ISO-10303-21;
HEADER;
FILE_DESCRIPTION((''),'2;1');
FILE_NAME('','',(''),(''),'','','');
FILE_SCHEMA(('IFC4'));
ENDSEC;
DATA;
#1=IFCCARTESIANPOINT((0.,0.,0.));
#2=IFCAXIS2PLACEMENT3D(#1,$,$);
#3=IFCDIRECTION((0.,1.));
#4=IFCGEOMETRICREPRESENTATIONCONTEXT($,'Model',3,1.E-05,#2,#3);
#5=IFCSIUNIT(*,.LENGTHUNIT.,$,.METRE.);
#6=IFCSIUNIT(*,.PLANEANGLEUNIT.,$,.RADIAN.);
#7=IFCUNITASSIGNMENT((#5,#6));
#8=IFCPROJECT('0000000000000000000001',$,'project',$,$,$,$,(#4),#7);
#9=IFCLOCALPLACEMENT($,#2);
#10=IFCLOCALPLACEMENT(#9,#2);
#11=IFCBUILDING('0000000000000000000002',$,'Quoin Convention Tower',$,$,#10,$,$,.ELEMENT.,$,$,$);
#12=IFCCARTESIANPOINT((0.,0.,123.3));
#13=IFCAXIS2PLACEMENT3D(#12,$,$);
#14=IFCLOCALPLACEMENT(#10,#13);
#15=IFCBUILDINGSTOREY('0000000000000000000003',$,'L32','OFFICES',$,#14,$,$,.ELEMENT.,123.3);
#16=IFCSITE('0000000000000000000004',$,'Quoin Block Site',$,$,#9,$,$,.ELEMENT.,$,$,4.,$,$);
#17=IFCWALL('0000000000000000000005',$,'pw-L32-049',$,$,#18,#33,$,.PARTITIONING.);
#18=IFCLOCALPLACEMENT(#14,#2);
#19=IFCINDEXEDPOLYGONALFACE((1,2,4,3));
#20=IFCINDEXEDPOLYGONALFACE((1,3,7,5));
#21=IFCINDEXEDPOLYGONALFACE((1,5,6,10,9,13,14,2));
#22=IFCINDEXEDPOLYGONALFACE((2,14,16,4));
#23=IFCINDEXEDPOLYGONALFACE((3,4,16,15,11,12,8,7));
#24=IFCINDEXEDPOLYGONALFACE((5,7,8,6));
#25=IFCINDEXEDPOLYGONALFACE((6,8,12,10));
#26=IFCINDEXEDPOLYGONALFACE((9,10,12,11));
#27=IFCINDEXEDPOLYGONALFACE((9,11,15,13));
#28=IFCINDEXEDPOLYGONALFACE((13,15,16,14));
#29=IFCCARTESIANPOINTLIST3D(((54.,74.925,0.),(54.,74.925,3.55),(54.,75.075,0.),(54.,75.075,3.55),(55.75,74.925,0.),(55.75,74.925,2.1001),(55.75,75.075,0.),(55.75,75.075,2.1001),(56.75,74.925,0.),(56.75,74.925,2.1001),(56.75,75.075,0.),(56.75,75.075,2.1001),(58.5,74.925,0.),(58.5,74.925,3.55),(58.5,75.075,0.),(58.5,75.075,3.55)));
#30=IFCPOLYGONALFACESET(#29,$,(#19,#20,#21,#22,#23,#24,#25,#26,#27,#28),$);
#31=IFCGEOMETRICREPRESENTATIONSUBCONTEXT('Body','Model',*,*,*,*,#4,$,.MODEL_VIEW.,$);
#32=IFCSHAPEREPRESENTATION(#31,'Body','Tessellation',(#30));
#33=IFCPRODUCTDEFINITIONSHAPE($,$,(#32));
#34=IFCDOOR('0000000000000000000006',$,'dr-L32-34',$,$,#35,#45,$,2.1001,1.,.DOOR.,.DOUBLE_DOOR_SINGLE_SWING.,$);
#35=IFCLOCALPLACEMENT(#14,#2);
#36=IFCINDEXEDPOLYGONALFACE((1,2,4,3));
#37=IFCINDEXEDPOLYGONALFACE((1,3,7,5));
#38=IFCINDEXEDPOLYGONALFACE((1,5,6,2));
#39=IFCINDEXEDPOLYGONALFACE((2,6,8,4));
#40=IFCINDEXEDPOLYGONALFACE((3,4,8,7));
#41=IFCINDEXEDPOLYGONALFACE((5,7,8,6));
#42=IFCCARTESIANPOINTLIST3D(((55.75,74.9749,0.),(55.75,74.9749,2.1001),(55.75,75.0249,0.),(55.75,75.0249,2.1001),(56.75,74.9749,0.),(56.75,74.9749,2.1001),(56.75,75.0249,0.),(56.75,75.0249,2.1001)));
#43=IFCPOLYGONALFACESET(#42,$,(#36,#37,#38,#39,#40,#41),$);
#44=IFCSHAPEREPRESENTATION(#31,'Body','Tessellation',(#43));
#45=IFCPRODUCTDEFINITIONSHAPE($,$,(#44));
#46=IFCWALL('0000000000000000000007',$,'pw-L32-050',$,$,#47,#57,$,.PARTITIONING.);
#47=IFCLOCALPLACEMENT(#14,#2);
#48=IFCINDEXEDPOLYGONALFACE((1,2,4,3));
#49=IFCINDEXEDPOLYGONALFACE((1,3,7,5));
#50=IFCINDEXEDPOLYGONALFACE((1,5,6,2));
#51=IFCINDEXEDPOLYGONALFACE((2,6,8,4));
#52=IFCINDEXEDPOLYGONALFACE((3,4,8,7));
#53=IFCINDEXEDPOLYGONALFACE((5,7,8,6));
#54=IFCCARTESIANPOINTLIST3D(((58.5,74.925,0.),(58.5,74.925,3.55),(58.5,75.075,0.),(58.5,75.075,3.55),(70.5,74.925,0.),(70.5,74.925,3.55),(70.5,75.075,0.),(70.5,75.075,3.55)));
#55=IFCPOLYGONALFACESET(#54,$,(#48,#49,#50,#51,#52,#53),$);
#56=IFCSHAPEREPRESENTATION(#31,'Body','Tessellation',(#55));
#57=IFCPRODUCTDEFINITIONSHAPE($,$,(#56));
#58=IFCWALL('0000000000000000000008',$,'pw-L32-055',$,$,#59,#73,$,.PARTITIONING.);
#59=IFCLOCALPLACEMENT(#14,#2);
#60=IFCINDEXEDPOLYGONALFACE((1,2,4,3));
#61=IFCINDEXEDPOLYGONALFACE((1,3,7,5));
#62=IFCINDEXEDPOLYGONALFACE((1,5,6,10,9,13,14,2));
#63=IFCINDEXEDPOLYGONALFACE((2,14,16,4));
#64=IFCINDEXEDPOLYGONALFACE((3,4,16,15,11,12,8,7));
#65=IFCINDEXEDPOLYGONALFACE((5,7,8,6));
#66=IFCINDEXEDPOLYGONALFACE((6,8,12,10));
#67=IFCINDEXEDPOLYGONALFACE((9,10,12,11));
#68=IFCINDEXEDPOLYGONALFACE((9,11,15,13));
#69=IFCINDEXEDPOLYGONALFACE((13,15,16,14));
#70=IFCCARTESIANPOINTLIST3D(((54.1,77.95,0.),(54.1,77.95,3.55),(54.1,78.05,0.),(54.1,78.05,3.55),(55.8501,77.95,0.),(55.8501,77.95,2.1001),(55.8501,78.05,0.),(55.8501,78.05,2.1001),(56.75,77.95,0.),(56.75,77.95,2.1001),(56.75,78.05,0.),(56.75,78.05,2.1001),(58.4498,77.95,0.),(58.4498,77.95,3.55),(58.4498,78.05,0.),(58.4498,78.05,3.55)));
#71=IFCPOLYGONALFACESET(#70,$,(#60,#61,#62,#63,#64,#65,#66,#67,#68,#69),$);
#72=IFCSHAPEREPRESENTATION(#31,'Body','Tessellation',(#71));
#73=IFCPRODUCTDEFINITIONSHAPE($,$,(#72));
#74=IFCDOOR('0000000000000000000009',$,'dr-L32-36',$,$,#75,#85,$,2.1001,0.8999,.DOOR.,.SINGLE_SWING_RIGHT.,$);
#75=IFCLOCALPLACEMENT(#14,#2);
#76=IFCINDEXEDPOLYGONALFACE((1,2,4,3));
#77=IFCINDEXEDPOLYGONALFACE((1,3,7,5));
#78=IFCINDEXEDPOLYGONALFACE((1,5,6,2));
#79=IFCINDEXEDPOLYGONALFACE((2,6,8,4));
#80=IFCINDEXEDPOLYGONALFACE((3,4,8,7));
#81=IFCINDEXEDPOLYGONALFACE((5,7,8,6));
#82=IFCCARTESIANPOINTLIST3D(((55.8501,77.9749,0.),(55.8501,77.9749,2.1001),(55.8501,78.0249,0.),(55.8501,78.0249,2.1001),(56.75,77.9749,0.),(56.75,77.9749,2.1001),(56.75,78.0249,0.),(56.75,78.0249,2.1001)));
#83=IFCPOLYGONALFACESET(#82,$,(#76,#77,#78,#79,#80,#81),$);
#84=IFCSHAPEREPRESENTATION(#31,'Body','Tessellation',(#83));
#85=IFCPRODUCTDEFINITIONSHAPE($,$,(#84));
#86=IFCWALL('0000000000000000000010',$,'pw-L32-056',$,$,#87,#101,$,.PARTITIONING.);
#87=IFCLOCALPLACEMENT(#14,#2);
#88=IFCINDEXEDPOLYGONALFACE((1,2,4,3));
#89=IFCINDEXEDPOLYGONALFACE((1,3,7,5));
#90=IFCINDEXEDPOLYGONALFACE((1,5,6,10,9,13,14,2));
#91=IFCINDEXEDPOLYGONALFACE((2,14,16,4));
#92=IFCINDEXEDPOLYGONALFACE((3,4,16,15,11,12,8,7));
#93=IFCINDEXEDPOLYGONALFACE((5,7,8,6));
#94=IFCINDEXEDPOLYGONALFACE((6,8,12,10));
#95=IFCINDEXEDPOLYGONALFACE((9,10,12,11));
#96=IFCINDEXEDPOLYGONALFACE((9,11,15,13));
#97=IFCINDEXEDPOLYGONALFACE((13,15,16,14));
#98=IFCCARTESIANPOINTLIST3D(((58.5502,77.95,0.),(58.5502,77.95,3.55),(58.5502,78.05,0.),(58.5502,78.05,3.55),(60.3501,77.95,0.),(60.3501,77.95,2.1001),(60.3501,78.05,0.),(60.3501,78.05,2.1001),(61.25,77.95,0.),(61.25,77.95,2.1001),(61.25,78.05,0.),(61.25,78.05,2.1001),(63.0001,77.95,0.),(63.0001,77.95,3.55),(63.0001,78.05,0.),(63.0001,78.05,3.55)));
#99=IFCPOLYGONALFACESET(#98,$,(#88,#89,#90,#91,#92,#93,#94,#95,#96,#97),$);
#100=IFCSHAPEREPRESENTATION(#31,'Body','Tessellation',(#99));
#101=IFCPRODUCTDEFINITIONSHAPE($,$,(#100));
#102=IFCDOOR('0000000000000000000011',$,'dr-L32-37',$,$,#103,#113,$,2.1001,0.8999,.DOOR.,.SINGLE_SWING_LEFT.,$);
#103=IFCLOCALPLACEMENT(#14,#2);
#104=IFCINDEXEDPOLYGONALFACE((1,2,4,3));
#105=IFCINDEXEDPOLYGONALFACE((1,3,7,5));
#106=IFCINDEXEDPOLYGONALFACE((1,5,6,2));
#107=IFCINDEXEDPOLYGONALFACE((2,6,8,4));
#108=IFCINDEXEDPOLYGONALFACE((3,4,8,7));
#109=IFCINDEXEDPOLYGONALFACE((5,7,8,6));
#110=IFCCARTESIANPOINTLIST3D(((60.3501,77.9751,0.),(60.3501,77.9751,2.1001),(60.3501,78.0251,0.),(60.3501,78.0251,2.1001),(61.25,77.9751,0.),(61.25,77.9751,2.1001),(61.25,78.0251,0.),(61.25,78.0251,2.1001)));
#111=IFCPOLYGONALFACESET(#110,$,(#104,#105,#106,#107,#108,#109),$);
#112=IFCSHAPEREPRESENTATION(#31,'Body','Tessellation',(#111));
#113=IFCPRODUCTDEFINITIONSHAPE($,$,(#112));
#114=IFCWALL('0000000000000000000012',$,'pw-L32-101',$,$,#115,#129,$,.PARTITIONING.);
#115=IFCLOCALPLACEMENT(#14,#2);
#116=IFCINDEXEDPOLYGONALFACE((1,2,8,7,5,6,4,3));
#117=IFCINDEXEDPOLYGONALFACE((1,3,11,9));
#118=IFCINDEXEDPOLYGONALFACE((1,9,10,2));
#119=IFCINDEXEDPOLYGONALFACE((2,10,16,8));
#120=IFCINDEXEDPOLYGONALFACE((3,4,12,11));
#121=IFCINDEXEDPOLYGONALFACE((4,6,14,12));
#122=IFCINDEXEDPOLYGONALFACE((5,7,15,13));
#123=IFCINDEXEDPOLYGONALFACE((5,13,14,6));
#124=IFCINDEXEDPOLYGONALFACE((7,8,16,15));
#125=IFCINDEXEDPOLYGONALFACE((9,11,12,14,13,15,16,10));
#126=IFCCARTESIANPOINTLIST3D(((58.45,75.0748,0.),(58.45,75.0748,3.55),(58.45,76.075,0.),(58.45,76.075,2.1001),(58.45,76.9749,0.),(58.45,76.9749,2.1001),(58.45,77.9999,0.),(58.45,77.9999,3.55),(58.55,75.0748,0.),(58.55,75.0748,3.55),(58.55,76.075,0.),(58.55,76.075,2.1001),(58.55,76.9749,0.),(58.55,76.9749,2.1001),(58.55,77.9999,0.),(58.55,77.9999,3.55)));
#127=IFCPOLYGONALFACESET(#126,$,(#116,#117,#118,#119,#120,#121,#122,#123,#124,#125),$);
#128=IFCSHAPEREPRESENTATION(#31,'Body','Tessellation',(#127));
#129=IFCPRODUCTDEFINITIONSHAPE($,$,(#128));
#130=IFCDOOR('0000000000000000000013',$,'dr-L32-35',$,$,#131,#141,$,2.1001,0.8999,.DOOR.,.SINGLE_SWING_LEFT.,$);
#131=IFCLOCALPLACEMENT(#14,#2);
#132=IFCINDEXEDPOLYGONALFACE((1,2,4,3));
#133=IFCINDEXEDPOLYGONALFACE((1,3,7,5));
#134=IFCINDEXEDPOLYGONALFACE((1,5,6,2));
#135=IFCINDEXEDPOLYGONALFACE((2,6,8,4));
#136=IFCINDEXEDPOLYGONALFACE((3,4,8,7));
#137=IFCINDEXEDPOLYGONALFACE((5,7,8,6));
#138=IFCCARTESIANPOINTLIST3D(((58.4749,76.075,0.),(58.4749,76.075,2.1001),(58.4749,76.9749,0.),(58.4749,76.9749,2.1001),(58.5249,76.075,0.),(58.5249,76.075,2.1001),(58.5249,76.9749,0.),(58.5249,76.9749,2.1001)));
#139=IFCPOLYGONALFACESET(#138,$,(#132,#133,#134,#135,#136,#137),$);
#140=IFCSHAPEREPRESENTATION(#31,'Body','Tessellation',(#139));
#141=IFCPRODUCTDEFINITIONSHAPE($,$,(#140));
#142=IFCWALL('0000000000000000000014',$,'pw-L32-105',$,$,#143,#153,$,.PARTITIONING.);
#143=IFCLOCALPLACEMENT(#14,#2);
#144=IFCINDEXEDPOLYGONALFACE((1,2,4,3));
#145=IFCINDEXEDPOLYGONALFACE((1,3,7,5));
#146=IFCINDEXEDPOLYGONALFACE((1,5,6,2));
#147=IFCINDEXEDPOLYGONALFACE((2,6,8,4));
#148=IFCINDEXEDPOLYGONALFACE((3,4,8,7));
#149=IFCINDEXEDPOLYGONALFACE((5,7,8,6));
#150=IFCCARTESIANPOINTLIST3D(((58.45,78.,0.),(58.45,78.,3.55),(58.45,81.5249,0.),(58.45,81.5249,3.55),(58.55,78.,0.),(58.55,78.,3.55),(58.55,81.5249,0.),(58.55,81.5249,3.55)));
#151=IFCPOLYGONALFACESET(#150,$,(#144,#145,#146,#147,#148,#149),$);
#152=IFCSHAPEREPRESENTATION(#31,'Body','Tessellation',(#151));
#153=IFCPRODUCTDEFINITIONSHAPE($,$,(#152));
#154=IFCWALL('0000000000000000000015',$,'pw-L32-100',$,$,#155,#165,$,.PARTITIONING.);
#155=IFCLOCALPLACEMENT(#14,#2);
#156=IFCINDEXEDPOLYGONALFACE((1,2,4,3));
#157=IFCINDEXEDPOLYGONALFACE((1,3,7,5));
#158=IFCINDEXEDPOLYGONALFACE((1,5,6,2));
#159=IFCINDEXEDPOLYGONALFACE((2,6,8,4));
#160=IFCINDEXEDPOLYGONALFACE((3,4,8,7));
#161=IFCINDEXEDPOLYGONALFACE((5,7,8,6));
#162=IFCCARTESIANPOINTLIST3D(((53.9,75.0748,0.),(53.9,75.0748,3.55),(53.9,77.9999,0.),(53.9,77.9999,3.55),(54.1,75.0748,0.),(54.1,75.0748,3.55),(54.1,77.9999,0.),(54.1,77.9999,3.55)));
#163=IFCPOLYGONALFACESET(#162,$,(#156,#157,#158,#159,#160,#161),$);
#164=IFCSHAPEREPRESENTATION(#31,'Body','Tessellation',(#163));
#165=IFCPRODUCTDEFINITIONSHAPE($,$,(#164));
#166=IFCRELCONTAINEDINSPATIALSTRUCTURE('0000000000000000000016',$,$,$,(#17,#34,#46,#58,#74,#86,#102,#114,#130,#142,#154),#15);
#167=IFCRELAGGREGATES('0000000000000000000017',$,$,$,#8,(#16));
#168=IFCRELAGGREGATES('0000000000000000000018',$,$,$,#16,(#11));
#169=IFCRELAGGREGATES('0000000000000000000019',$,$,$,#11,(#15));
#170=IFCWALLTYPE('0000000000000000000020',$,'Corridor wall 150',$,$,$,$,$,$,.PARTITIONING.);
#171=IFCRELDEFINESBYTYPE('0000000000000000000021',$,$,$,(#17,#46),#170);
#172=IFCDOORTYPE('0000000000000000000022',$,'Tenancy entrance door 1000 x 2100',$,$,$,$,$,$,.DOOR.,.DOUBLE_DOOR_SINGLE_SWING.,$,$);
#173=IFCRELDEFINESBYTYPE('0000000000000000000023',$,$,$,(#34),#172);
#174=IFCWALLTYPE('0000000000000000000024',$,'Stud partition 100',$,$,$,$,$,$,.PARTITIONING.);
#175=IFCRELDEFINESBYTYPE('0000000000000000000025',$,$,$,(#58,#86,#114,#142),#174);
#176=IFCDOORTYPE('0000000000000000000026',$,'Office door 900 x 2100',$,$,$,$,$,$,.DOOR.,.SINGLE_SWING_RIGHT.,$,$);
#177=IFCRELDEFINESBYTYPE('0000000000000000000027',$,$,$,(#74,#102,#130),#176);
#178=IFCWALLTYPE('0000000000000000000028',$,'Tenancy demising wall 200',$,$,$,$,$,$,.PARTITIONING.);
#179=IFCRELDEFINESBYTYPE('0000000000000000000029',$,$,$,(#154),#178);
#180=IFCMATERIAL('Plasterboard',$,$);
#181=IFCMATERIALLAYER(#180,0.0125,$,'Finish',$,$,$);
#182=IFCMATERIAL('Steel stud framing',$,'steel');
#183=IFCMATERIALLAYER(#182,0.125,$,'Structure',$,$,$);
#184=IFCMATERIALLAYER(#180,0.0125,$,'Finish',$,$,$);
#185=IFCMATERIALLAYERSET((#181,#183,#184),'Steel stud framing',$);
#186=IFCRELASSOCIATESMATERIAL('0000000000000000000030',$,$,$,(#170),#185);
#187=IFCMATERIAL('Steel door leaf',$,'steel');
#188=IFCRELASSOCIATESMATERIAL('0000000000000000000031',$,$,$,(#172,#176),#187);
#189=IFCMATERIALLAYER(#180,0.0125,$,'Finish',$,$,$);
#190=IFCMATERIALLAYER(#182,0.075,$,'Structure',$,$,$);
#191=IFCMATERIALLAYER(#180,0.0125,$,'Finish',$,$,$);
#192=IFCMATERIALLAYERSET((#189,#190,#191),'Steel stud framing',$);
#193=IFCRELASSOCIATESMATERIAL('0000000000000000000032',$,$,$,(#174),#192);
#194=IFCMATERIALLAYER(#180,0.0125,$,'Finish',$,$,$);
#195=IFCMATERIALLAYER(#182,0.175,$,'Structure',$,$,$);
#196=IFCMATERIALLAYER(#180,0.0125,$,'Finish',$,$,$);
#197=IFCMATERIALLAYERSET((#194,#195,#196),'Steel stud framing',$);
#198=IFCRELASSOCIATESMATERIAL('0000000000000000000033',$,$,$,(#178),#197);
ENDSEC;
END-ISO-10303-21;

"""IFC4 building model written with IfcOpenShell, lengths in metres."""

from ifc_helpers import new_model, si_unit, direction, frame, frame_2d, origin, place, context, subcontext, project, spatial, rectangle, extrude, material, layer, layer_set, type_object, element, fill, save


model = new_model("IFC4")

# Units and contexts
model_context = context("Model", 3, precision=1e-05, world=origin(), true_north=direction((0.0, 1.0)))
body_context = subcontext(model_context, "Body", "Model", "MODEL_VIEW")
ifc_project = project(units=[si_unit("LENGTHUNIT", "METRE"), si_unit("PLANEANGLEUNIT", "RADIAN")], contexts=[model_context])

# Site, building, storey
site_placement = place(None, origin())
site = spatial("IfcSite", under=ifc_project, at=site_placement, Name="Quoin Block Site", CompositionType="ELEMENT", RefElevation=4.0)
building_placement = place(site_placement, origin())
building = spatial("IfcBuilding", under=site, at=building_placement, Name="Quoin Convention Tower", CompositionType="ELEMENT")
storey_placement = place(building_placement, frame((0.0, 0.0, 123.3)))
storey = spatial("IfcBuildingStorey", under=building, at=storey_placement, Name="L32", Description="OFFICES", CompositionType="ELEMENT", Elevation=123.3)

# Shared definitions
ifc_material_1 = material(Name="Plasterboard")
ifc_material_2 = material(Name="Steel stud framing", Category="steel")
ifc_material_3 = material(Name="Steel door leaf", Category="steel")

# Shared definitions
ifc_layer_1 = layer(ifc_material_1, 0.0125, Name="Finish")
ifc_layer_2 = layer(ifc_material_2, 0.125, Name="Structure")
ifc_layer_3 = layer(ifc_material_1, 0.0125, Name="Finish")
ifc_layer_set_1 = layer_set([ifc_layer_1, ifc_layer_2, ifc_layer_3], Name="Steel stud framing")
wall_type_1 = type_object("IfcWallType", Name="Corridor wall 150", PredefinedType="PARTITIONING", material=ifc_layer_set_1)

# Wall, opening, door
wall_1_placement = place(storey_placement, frame((54.0, 75.0, 0.0), z_axis=(0.0, 0.0, 1.0), x_axis=(1.0, 0.0, 0.0)))
wall_1 = element("IfcWall", 1, at=wall_1_placement, inside=storey, type_object=wall_type_1, Name="pw-L32-049", PredefinedType="PARTITIONING", context=body_context, shape_type="SweptSolid", body=[
    extrude(rectangle(XDim=4.5, YDim=0.1499, at=frame_2d((2.25, 0.0))), origin(), (0.0, 0.0, 1.0), 3.55),
])
opening_1_placement = place(wall_1_placement, frame((1.75, 0.0, 0.0)))
opening_1 = element("IfcOpeningElement", 2, at=opening_1_placement, cuts=wall_1, PredefinedType="OPENING", context=body_context, shape_type="SweptSolid", body=[
    extrude(rectangle(XDim=1.0, YDim=2.1001, at=frame_2d((0.5, 1.05))), frame((0.0, 0.085, 0.0), z_axis=(0.0, -1.0, 0.0), x_axis=(1.0, 0.0, 0.0)), (0.0, 0.0, 1.0), 0.1699),
])
door_type_1 = type_object("IfcDoorType", Name="Tenancy entrance door 1000 x 2100", OperationType="DOUBLE_DOOR_SINGLE_SWING", PredefinedType="DOOR", material=ifc_material_3)
door_1_placement = place(opening_1_placement, origin())
door_1 = element("IfcDoor", 3, at=door_1_placement, inside=storey, type_object=door_type_1, Name="dr-L32-34", OperationType="DOUBLE_DOOR_SINGLE_SWING", OverallHeight=2.1001, OverallWidth=1.0, PredefinedType="DOOR", context=body_context, shape_type="SweptSolid", body=[
    extrude(rectangle(XDim=1.0, YDim=2.1001, at=frame_2d((0.5, 1.05))), frame((0.0, 0.0249, 0.0), z_axis=(0.0, -1.0, 0.0), x_axis=(1.0, 0.0, 0.0)), (0.0, 0.0, 1.0), 0.05),
])
fill(opening_1, door_1)

# Wall
wall_2_placement = place(storey_placement, frame((58.5, 75.0, 0.0), z_axis=(0.0, 0.0, 1.0), x_axis=(1.0, 0.0, 0.0)))
element("IfcWall", 4, at=wall_2_placement, inside=storey, type_object=wall_type_1, Name="pw-L32-050", PredefinedType="PARTITIONING", context=body_context, shape_type="SweptSolid", body=[
    extrude(rectangle(XDim=12.0, YDim=0.1499, at=frame_2d((6.0, 0.0))), origin(), (0.0, 0.0, 1.0), 3.55),
])

# Walls, openings, doors
ifc_layer_4 = layer(ifc_material_1, 0.0125, Name="Finish")
ifc_layer_5 = layer(ifc_material_2, 0.075, Name="Structure")
ifc_layer_6 = layer(ifc_material_1, 0.0125, Name="Finish")
ifc_layer_set_2 = layer_set([ifc_layer_4, ifc_layer_5, ifc_layer_6], Name="Steel stud framing")
wall_type_2 = type_object("IfcWallType", Name="Stud partition 100", PredefinedType="PARTITIONING", material=ifc_layer_set_2)
wall_3_placement = place(storey_placement, frame((54.1001, 78.0, 0.0), z_axis=(0.0, 0.0, 1.0), x_axis=(1.0, 0.0, 0.0)))
wall_3 = element("IfcWall", 5, at=wall_3_placement, inside=storey, type_object=wall_type_2, Name="pw-L32-055", PredefinedType="PARTITIONING", context=body_context, shape_type="SweptSolid", body=[
    extrude(rectangle(XDim=4.3499, YDim=0.1001, at=frame_2d((2.1748, 0.0))), origin(), (0.0, 0.0, 1.0), 3.55),
])
opening_2_placement = place(wall_3_placement, frame((1.75, 0.0, 0.0)))
opening_2 = element("IfcOpeningElement", 6, at=opening_2_placement, cuts=wall_3, PredefinedType="OPENING", context=body_context, shape_type="SweptSolid", body=[
    extrude(rectangle(XDim=0.8999, YDim=2.1001, at=frame_2d((0.45, 1.05))), frame((0.0, 0.0601, 0.0), z_axis=(0.0, -1.0, 0.0), x_axis=(1.0, 0.0, 0.0)), (0.0, 0.0, 1.0), 0.1201),
])
door_type_2 = type_object("IfcDoorType", Name="Office door 900 x 2100", OperationType="SINGLE_SWING_RIGHT", PredefinedType="DOOR", material=ifc_material_3)
door_2_placement = place(opening_2_placement, origin())
door_2 = element("IfcDoor", 7, at=door_2_placement, inside=storey, type_object=door_type_2, Name="dr-L32-36", OperationType="SINGLE_SWING_RIGHT", OverallHeight=2.1001, OverallWidth=0.8999, PredefinedType="DOOR", context=body_context, shape_type="SweptSolid", body=[
    extrude(rectangle(XDim=0.8999, YDim=2.1001, at=frame_2d((0.45, 1.05))), frame((0.0, 0.0249, 0.0), z_axis=(0.0, -1.0, 0.0), x_axis=(1.0, 0.0, 0.0)), (0.0, 0.0, 1.0), 0.05),
])
fill(opening_2, door_2)
wall_4_placement = place(storey_placement, frame((58.55, 78.0, 0.0), z_axis=(0.0, 0.0, 1.0), x_axis=(1.0, 0.0, 0.0)))
wall_4 = element("IfcWall", 8, at=wall_4_placement, inside=storey, type_object=wall_type_2, Name="pw-L32-056", PredefinedType="PARTITIONING", context=body_context, shape_type="SweptSolid", body=[
    extrude(rectangle(XDim=4.45, YDim=0.1001, at=frame_2d((2.2251, 0.0))), origin(), (0.0, 0.0, 1.0), 3.55),
])
opening_3_placement = place(wall_4_placement, frame((1.8, 0.0, 0.0)))
opening_3 = element("IfcOpeningElement", 9, at=opening_3_placement, cuts=wall_4, PredefinedType="OPENING", context=body_context, shape_type="SweptSolid", body=[
    extrude(rectangle(XDim=0.8999, YDim=2.1001, at=frame_2d((0.45, 1.05))), frame((0.0, 0.0601, 0.0), z_axis=(0.0, -1.0, 0.0), x_axis=(1.0, 0.0, 0.0)), (0.0, 0.0, 1.0), 0.1201),
])
door_3_placement = place(opening_3_placement, frame((0.8999, 0.0, 0.0), z_axis=(0.0, 0.0, 1.0), x_axis=(-1.0, 0.0, 0.0)))
door_3 = element("IfcDoor", 10, at=door_3_placement, inside=storey, type_object=door_type_2, Name="dr-L32-37", OperationType="SINGLE_SWING_LEFT", OverallHeight=2.1001, OverallWidth=0.8999, PredefinedType="DOOR", context=body_context, shape_type="SweptSolid", body=[
    extrude(rectangle(XDim=0.8999, YDim=2.1001, at=frame_2d((0.45, 1.05))), frame((0.0, 0.0249, 0.0), z_axis=(0.0, -1.0, 0.0), x_axis=(1.0, 0.0, 0.0)), (0.0, 0.0, 1.0), 0.05),
])
fill(opening_3, door_3)
wall_5_placement = place(storey_placement, frame((58.5, 75.075, 0.0), z_axis=(0.0, 0.0, 1.0), x_axis=(0.0, 1.0, 0.0)))
wall_5 = element("IfcWall", 11, at=wall_5_placement, inside=storey, type_object=wall_type_2, Name="pw-L32-101", PredefinedType="PARTITIONING", context=body_context, shape_type="SweptSolid", body=[
    extrude(rectangle(XDim=2.925, YDim=0.1001, at=frame_2d((1.4624, 0.0))), origin(), (0.0, 0.0, 1.0), 3.55),
])
opening_4_placement = place(wall_5_placement, frame((1.0, 0.0, 0.0)))
opening_4 = element("IfcOpeningElement", 12, at=opening_4_placement, cuts=wall_5, PredefinedType="OPENING", context=body_context, shape_type="SweptSolid", body=[
    extrude(rectangle(XDim=0.8999, YDim=2.1001, at=frame_2d((0.45, 1.05))), frame((0.0, 0.0601, 0.0), z_axis=(0.0, -1.0, 0.0), x_axis=(1.0, 0.0, 0.0)), (0.0, 0.0, 1.0), 0.1201),
])
door_4_placement = place(opening_4_placement, frame((0.8999, 0.0, 0.0), z_axis=(0.0, 0.0, 1.0), x_axis=(-1.0, 0.0, 0.0)))
door_4 = element("IfcDoor", 13, at=door_4_placement, inside=storey, type_object=door_type_2, Name="dr-L32-35", OperationType="SINGLE_SWING_LEFT", OverallHeight=2.1001, OverallWidth=0.8999, PredefinedType="DOOR", context=body_context, shape_type="SweptSolid", body=[
    extrude(rectangle(XDim=0.8999, YDim=2.1001, at=frame_2d((0.45, 1.05))), frame((0.0, 0.0249, 0.0), z_axis=(0.0, -1.0, 0.0), x_axis=(1.0, 0.0, 0.0)), (0.0, 0.0, 1.0), 0.05),
])
fill(opening_4, door_4)

# Walls
wall_6_placement = place(storey_placement, frame((58.5, 78.0, 0.0), z_axis=(0.0, 0.0, 1.0), x_axis=(0.0, 1.0, 0.0)))
element("IfcWall", 14, at=wall_6_placement, inside=storey, type_object=wall_type_2, Name="pw-L32-105", PredefinedType="PARTITIONING", context=body_context, shape_type="SweptSolid", body=[
    extrude(rectangle(XDim=3.5249, YDim=0.1001, at=frame_2d((1.7625, 0.0))), origin(), (0.0, 0.0, 1.0), 3.55),
])
ifc_layer_7 = layer(ifc_material_1, 0.0125, Name="Finish")
ifc_layer_8 = layer(ifc_material_2, 0.175, Name="Structure")
ifc_layer_9 = layer(ifc_material_1, 0.0125, Name="Finish")
ifc_layer_set_3 = layer_set([ifc_layer_7, ifc_layer_8, ifc_layer_9], Name="Steel stud framing")
wall_type_3 = type_object("IfcWallType", Name="Tenancy demising wall 200", PredefinedType="PARTITIONING", material=ifc_layer_set_3)
wall_7_placement = place(storey_placement, frame((54.0, 75.075, 0.0), z_axis=(0.0, 0.0, 1.0), x_axis=(0.0, 1.0, 0.0)))
element("IfcWall", 15, at=wall_7_placement, inside=storey, type_object=wall_type_3, Name="pw-L32-100", PredefinedType="PARTITIONING", context=body_context, shape_type="SweptSolid", body=[
    extrude(rectangle(XDim=2.925, YDim=0.2, at=frame_2d((1.4624, 0.0))), origin(), (0.0, 0.0, 1.0), 3.55),
])

save(model, "model.ifc")
